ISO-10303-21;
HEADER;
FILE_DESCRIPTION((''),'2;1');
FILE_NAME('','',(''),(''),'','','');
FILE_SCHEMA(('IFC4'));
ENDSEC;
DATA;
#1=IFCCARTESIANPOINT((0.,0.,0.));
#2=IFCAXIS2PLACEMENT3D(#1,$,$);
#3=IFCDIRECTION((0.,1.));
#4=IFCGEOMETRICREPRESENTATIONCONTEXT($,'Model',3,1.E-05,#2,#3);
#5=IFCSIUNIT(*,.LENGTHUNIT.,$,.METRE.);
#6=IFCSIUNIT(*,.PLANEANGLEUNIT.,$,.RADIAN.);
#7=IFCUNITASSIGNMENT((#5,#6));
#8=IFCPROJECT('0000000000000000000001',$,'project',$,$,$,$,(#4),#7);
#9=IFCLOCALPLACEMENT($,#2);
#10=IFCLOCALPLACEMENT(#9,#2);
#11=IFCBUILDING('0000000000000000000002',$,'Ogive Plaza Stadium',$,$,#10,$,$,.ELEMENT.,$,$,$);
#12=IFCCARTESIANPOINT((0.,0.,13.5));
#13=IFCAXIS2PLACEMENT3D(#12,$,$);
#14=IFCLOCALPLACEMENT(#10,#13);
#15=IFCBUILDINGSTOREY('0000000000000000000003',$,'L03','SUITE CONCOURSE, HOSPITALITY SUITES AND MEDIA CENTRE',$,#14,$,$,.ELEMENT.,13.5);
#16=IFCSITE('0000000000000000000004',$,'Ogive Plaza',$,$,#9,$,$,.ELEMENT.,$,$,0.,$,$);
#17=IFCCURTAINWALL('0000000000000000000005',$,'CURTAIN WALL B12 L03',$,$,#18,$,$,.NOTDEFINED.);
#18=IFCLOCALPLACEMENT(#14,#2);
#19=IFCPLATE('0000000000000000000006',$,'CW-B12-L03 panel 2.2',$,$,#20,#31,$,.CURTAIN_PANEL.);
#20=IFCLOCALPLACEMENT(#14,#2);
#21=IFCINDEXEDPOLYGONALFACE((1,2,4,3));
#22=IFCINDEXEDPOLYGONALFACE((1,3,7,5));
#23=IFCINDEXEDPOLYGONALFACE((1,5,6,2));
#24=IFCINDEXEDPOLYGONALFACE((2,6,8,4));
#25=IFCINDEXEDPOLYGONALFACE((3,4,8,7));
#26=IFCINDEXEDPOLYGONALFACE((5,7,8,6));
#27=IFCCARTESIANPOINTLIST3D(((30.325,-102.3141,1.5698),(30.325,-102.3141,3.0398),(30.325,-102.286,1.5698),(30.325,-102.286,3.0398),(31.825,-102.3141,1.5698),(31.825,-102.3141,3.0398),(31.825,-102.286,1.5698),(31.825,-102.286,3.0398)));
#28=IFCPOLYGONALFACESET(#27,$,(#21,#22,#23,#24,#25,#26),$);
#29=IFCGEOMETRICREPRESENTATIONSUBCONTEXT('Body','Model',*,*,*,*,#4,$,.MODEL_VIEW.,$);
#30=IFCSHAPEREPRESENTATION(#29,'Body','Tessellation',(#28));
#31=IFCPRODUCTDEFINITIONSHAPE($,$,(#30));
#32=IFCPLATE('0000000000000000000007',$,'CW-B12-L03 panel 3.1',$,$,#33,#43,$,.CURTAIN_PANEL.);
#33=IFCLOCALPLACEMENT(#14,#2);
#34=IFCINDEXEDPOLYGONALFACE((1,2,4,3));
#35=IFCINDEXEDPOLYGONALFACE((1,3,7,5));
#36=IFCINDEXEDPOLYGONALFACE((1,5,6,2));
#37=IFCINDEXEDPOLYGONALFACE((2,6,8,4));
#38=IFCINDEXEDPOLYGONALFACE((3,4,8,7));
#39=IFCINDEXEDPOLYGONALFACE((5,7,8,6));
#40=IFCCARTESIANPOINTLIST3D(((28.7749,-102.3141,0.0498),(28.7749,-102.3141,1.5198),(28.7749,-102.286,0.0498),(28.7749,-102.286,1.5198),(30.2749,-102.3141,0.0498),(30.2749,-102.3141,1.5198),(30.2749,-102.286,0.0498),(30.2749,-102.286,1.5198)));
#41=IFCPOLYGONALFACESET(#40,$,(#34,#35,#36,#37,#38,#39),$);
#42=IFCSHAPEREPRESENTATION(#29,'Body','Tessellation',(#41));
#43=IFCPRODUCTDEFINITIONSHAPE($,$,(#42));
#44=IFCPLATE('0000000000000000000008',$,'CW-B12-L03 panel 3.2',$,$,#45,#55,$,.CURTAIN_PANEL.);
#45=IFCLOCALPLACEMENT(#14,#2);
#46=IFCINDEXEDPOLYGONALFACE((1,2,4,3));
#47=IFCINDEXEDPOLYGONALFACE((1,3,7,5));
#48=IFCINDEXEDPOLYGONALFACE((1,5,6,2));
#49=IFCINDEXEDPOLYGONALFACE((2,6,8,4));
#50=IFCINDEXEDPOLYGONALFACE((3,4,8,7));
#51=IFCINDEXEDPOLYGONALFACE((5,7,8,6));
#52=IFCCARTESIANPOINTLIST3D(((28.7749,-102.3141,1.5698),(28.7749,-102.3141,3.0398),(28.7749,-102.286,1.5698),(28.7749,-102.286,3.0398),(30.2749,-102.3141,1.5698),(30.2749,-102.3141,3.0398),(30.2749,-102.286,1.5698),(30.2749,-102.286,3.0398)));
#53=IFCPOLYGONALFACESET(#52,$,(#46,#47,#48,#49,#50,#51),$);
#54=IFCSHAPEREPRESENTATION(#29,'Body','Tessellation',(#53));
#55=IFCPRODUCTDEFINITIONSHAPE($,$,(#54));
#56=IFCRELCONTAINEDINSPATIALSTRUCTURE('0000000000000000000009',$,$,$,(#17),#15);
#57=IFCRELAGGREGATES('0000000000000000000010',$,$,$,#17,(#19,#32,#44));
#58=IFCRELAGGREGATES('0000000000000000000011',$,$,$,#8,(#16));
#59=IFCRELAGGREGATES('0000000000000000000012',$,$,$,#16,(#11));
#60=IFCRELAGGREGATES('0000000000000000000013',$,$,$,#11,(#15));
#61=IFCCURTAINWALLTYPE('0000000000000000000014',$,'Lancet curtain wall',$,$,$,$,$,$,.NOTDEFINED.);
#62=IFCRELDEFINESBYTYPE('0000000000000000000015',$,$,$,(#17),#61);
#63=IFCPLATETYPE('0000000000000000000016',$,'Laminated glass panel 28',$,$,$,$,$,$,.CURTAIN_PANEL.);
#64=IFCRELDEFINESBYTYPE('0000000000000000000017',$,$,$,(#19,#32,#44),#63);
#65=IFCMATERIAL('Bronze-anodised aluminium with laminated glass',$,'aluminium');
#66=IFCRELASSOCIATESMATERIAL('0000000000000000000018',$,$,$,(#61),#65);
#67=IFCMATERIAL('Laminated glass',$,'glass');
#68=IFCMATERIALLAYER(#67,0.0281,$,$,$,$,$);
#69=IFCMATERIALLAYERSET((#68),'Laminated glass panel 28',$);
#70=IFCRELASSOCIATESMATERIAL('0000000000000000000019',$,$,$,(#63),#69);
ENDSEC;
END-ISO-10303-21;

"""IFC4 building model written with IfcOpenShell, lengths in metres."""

from ifc_helpers import new_model, si_unit, direction, frame, origin, origin_2d, place, context, subcontext, project, spatial, rectangle, extrude, material, layer, layer_set, type_object, element, aggregate, save


model = new_model("IFC4")

# Units and contexts
model_context = context("Model", 3, precision=1e-05, world=origin(), true_north=direction((0.0, 1.0)))
body_context = subcontext(model_context, "Body", "Model", "MODEL_VIEW")
ifc_project = project(units=[si_unit("LENGTHUNIT", "METRE"), si_unit("PLANEANGLEUNIT", "RADIAN")], contexts=[model_context])

# Site, building, storey
site_placement = place(None, origin())
site = spatial("IfcSite", under=ifc_project, at=site_placement, Name="Ogive Plaza", CompositionType="ELEMENT", RefElevation=0.0)
building_placement = place(site_placement, origin())
building = spatial("IfcBuilding", under=site, at=building_placement, Name="Ogive Plaza Stadium", CompositionType="ELEMENT")
storey_placement = place(building_placement, frame((0.0, 0.0, 13.5)))
storey = spatial("IfcBuildingStorey", under=building, at=storey_placement, Name="L03", Description="SUITE CONCOURSE, HOSPITALITY SUITES AND MEDIA CENTRE", CompositionType="ELEMENT", Elevation=13.5)

# Curtain wall
ifc_material_1 = material(Name="Bronze-anodised aluminium with laminated glass", Category="aluminium")
curtain_wall_type = type_object("IfcCurtainWallType", Name="Lancet curtain wall", PredefinedType="NOTDEFINED", material=ifc_material_1)
curtain_wall_1_placement = place(storey_placement, origin())
curtain_wall_1 = element("IfcCurtainWall", 1, at=curtain_wall_1_placement, inside=storey, type_object=curtain_wall_type, Name="CURTAIN WALL B12 L03", PredefinedType="NOTDEFINED")

# Plates
ifc_material_2 = material(Name="Laminated glass", Category="glass")
ifc_layer = layer(ifc_material_2, 0.0281)
ifc_layer_set = layer_set([ifc_layer], Name="Laminated glass panel 28")
plate_type = type_object("IfcPlateType", Name="Laminated glass panel 28", PredefinedType="CURTAIN_PANEL", material=ifc_layer_set)
plate_1_placement = place(storey_placement, frame((31.075, -102.3, 1.5698), z_axis=(0.0, 0.0, 1.0), x_axis=(-1.0, 0.0, 0.0)))
plate_1 = element("IfcPlate", 2, at=plate_1_placement, type_object=plate_type, Name="CW-B12-L03 panel 2.2", PredefinedType="CURTAIN_PANEL", context=body_context, shape_type="SweptSolid", body=[
    extrude(rectangle(XDim=1.5, YDim=0.0281, at=origin_2d()), origin(), (0.0, 0.0, 1.0), 1.47),
])
plate_2_placement = place(storey_placement, frame((29.5249, -102.3, 0.0498), z_axis=(0.0, 0.0, 1.0), x_axis=(-1.0, 0.0, 0.0)))
plate_2 = element("IfcPlate", 3, at=plate_2_placement, type_object=plate_type, Name="CW-B12-L03 panel 3.1", PredefinedType="CURTAIN_PANEL", context=body_context, shape_type="SweptSolid", body=[
    extrude(rectangle(XDim=1.5, YDim=0.0281, at=origin_2d()), origin(), (0.0, 0.0, 1.0), 1.47),
])
plate_3_placement = place(storey_placement, frame((29.5249, -102.3, 1.5698), z_axis=(0.0, 0.0, 1.0), x_axis=(-1.0, 0.0, 0.0)))
plate_3 = element("IfcPlate", 4, at=plate_3_placement, type_object=plate_type, Name="CW-B12-L03 panel 3.2", PredefinedType="CURTAIN_PANEL", context=body_context, shape_type="SweptSolid", body=[
    extrude(rectangle(XDim=1.5, YDim=0.0281, at=origin_2d()), origin(), (0.0, 0.0, 1.0), 1.47),
])
aggregate(curtain_wall_1, [plate_1, plate_2, plate_3])

save(model, "model.ifc")
